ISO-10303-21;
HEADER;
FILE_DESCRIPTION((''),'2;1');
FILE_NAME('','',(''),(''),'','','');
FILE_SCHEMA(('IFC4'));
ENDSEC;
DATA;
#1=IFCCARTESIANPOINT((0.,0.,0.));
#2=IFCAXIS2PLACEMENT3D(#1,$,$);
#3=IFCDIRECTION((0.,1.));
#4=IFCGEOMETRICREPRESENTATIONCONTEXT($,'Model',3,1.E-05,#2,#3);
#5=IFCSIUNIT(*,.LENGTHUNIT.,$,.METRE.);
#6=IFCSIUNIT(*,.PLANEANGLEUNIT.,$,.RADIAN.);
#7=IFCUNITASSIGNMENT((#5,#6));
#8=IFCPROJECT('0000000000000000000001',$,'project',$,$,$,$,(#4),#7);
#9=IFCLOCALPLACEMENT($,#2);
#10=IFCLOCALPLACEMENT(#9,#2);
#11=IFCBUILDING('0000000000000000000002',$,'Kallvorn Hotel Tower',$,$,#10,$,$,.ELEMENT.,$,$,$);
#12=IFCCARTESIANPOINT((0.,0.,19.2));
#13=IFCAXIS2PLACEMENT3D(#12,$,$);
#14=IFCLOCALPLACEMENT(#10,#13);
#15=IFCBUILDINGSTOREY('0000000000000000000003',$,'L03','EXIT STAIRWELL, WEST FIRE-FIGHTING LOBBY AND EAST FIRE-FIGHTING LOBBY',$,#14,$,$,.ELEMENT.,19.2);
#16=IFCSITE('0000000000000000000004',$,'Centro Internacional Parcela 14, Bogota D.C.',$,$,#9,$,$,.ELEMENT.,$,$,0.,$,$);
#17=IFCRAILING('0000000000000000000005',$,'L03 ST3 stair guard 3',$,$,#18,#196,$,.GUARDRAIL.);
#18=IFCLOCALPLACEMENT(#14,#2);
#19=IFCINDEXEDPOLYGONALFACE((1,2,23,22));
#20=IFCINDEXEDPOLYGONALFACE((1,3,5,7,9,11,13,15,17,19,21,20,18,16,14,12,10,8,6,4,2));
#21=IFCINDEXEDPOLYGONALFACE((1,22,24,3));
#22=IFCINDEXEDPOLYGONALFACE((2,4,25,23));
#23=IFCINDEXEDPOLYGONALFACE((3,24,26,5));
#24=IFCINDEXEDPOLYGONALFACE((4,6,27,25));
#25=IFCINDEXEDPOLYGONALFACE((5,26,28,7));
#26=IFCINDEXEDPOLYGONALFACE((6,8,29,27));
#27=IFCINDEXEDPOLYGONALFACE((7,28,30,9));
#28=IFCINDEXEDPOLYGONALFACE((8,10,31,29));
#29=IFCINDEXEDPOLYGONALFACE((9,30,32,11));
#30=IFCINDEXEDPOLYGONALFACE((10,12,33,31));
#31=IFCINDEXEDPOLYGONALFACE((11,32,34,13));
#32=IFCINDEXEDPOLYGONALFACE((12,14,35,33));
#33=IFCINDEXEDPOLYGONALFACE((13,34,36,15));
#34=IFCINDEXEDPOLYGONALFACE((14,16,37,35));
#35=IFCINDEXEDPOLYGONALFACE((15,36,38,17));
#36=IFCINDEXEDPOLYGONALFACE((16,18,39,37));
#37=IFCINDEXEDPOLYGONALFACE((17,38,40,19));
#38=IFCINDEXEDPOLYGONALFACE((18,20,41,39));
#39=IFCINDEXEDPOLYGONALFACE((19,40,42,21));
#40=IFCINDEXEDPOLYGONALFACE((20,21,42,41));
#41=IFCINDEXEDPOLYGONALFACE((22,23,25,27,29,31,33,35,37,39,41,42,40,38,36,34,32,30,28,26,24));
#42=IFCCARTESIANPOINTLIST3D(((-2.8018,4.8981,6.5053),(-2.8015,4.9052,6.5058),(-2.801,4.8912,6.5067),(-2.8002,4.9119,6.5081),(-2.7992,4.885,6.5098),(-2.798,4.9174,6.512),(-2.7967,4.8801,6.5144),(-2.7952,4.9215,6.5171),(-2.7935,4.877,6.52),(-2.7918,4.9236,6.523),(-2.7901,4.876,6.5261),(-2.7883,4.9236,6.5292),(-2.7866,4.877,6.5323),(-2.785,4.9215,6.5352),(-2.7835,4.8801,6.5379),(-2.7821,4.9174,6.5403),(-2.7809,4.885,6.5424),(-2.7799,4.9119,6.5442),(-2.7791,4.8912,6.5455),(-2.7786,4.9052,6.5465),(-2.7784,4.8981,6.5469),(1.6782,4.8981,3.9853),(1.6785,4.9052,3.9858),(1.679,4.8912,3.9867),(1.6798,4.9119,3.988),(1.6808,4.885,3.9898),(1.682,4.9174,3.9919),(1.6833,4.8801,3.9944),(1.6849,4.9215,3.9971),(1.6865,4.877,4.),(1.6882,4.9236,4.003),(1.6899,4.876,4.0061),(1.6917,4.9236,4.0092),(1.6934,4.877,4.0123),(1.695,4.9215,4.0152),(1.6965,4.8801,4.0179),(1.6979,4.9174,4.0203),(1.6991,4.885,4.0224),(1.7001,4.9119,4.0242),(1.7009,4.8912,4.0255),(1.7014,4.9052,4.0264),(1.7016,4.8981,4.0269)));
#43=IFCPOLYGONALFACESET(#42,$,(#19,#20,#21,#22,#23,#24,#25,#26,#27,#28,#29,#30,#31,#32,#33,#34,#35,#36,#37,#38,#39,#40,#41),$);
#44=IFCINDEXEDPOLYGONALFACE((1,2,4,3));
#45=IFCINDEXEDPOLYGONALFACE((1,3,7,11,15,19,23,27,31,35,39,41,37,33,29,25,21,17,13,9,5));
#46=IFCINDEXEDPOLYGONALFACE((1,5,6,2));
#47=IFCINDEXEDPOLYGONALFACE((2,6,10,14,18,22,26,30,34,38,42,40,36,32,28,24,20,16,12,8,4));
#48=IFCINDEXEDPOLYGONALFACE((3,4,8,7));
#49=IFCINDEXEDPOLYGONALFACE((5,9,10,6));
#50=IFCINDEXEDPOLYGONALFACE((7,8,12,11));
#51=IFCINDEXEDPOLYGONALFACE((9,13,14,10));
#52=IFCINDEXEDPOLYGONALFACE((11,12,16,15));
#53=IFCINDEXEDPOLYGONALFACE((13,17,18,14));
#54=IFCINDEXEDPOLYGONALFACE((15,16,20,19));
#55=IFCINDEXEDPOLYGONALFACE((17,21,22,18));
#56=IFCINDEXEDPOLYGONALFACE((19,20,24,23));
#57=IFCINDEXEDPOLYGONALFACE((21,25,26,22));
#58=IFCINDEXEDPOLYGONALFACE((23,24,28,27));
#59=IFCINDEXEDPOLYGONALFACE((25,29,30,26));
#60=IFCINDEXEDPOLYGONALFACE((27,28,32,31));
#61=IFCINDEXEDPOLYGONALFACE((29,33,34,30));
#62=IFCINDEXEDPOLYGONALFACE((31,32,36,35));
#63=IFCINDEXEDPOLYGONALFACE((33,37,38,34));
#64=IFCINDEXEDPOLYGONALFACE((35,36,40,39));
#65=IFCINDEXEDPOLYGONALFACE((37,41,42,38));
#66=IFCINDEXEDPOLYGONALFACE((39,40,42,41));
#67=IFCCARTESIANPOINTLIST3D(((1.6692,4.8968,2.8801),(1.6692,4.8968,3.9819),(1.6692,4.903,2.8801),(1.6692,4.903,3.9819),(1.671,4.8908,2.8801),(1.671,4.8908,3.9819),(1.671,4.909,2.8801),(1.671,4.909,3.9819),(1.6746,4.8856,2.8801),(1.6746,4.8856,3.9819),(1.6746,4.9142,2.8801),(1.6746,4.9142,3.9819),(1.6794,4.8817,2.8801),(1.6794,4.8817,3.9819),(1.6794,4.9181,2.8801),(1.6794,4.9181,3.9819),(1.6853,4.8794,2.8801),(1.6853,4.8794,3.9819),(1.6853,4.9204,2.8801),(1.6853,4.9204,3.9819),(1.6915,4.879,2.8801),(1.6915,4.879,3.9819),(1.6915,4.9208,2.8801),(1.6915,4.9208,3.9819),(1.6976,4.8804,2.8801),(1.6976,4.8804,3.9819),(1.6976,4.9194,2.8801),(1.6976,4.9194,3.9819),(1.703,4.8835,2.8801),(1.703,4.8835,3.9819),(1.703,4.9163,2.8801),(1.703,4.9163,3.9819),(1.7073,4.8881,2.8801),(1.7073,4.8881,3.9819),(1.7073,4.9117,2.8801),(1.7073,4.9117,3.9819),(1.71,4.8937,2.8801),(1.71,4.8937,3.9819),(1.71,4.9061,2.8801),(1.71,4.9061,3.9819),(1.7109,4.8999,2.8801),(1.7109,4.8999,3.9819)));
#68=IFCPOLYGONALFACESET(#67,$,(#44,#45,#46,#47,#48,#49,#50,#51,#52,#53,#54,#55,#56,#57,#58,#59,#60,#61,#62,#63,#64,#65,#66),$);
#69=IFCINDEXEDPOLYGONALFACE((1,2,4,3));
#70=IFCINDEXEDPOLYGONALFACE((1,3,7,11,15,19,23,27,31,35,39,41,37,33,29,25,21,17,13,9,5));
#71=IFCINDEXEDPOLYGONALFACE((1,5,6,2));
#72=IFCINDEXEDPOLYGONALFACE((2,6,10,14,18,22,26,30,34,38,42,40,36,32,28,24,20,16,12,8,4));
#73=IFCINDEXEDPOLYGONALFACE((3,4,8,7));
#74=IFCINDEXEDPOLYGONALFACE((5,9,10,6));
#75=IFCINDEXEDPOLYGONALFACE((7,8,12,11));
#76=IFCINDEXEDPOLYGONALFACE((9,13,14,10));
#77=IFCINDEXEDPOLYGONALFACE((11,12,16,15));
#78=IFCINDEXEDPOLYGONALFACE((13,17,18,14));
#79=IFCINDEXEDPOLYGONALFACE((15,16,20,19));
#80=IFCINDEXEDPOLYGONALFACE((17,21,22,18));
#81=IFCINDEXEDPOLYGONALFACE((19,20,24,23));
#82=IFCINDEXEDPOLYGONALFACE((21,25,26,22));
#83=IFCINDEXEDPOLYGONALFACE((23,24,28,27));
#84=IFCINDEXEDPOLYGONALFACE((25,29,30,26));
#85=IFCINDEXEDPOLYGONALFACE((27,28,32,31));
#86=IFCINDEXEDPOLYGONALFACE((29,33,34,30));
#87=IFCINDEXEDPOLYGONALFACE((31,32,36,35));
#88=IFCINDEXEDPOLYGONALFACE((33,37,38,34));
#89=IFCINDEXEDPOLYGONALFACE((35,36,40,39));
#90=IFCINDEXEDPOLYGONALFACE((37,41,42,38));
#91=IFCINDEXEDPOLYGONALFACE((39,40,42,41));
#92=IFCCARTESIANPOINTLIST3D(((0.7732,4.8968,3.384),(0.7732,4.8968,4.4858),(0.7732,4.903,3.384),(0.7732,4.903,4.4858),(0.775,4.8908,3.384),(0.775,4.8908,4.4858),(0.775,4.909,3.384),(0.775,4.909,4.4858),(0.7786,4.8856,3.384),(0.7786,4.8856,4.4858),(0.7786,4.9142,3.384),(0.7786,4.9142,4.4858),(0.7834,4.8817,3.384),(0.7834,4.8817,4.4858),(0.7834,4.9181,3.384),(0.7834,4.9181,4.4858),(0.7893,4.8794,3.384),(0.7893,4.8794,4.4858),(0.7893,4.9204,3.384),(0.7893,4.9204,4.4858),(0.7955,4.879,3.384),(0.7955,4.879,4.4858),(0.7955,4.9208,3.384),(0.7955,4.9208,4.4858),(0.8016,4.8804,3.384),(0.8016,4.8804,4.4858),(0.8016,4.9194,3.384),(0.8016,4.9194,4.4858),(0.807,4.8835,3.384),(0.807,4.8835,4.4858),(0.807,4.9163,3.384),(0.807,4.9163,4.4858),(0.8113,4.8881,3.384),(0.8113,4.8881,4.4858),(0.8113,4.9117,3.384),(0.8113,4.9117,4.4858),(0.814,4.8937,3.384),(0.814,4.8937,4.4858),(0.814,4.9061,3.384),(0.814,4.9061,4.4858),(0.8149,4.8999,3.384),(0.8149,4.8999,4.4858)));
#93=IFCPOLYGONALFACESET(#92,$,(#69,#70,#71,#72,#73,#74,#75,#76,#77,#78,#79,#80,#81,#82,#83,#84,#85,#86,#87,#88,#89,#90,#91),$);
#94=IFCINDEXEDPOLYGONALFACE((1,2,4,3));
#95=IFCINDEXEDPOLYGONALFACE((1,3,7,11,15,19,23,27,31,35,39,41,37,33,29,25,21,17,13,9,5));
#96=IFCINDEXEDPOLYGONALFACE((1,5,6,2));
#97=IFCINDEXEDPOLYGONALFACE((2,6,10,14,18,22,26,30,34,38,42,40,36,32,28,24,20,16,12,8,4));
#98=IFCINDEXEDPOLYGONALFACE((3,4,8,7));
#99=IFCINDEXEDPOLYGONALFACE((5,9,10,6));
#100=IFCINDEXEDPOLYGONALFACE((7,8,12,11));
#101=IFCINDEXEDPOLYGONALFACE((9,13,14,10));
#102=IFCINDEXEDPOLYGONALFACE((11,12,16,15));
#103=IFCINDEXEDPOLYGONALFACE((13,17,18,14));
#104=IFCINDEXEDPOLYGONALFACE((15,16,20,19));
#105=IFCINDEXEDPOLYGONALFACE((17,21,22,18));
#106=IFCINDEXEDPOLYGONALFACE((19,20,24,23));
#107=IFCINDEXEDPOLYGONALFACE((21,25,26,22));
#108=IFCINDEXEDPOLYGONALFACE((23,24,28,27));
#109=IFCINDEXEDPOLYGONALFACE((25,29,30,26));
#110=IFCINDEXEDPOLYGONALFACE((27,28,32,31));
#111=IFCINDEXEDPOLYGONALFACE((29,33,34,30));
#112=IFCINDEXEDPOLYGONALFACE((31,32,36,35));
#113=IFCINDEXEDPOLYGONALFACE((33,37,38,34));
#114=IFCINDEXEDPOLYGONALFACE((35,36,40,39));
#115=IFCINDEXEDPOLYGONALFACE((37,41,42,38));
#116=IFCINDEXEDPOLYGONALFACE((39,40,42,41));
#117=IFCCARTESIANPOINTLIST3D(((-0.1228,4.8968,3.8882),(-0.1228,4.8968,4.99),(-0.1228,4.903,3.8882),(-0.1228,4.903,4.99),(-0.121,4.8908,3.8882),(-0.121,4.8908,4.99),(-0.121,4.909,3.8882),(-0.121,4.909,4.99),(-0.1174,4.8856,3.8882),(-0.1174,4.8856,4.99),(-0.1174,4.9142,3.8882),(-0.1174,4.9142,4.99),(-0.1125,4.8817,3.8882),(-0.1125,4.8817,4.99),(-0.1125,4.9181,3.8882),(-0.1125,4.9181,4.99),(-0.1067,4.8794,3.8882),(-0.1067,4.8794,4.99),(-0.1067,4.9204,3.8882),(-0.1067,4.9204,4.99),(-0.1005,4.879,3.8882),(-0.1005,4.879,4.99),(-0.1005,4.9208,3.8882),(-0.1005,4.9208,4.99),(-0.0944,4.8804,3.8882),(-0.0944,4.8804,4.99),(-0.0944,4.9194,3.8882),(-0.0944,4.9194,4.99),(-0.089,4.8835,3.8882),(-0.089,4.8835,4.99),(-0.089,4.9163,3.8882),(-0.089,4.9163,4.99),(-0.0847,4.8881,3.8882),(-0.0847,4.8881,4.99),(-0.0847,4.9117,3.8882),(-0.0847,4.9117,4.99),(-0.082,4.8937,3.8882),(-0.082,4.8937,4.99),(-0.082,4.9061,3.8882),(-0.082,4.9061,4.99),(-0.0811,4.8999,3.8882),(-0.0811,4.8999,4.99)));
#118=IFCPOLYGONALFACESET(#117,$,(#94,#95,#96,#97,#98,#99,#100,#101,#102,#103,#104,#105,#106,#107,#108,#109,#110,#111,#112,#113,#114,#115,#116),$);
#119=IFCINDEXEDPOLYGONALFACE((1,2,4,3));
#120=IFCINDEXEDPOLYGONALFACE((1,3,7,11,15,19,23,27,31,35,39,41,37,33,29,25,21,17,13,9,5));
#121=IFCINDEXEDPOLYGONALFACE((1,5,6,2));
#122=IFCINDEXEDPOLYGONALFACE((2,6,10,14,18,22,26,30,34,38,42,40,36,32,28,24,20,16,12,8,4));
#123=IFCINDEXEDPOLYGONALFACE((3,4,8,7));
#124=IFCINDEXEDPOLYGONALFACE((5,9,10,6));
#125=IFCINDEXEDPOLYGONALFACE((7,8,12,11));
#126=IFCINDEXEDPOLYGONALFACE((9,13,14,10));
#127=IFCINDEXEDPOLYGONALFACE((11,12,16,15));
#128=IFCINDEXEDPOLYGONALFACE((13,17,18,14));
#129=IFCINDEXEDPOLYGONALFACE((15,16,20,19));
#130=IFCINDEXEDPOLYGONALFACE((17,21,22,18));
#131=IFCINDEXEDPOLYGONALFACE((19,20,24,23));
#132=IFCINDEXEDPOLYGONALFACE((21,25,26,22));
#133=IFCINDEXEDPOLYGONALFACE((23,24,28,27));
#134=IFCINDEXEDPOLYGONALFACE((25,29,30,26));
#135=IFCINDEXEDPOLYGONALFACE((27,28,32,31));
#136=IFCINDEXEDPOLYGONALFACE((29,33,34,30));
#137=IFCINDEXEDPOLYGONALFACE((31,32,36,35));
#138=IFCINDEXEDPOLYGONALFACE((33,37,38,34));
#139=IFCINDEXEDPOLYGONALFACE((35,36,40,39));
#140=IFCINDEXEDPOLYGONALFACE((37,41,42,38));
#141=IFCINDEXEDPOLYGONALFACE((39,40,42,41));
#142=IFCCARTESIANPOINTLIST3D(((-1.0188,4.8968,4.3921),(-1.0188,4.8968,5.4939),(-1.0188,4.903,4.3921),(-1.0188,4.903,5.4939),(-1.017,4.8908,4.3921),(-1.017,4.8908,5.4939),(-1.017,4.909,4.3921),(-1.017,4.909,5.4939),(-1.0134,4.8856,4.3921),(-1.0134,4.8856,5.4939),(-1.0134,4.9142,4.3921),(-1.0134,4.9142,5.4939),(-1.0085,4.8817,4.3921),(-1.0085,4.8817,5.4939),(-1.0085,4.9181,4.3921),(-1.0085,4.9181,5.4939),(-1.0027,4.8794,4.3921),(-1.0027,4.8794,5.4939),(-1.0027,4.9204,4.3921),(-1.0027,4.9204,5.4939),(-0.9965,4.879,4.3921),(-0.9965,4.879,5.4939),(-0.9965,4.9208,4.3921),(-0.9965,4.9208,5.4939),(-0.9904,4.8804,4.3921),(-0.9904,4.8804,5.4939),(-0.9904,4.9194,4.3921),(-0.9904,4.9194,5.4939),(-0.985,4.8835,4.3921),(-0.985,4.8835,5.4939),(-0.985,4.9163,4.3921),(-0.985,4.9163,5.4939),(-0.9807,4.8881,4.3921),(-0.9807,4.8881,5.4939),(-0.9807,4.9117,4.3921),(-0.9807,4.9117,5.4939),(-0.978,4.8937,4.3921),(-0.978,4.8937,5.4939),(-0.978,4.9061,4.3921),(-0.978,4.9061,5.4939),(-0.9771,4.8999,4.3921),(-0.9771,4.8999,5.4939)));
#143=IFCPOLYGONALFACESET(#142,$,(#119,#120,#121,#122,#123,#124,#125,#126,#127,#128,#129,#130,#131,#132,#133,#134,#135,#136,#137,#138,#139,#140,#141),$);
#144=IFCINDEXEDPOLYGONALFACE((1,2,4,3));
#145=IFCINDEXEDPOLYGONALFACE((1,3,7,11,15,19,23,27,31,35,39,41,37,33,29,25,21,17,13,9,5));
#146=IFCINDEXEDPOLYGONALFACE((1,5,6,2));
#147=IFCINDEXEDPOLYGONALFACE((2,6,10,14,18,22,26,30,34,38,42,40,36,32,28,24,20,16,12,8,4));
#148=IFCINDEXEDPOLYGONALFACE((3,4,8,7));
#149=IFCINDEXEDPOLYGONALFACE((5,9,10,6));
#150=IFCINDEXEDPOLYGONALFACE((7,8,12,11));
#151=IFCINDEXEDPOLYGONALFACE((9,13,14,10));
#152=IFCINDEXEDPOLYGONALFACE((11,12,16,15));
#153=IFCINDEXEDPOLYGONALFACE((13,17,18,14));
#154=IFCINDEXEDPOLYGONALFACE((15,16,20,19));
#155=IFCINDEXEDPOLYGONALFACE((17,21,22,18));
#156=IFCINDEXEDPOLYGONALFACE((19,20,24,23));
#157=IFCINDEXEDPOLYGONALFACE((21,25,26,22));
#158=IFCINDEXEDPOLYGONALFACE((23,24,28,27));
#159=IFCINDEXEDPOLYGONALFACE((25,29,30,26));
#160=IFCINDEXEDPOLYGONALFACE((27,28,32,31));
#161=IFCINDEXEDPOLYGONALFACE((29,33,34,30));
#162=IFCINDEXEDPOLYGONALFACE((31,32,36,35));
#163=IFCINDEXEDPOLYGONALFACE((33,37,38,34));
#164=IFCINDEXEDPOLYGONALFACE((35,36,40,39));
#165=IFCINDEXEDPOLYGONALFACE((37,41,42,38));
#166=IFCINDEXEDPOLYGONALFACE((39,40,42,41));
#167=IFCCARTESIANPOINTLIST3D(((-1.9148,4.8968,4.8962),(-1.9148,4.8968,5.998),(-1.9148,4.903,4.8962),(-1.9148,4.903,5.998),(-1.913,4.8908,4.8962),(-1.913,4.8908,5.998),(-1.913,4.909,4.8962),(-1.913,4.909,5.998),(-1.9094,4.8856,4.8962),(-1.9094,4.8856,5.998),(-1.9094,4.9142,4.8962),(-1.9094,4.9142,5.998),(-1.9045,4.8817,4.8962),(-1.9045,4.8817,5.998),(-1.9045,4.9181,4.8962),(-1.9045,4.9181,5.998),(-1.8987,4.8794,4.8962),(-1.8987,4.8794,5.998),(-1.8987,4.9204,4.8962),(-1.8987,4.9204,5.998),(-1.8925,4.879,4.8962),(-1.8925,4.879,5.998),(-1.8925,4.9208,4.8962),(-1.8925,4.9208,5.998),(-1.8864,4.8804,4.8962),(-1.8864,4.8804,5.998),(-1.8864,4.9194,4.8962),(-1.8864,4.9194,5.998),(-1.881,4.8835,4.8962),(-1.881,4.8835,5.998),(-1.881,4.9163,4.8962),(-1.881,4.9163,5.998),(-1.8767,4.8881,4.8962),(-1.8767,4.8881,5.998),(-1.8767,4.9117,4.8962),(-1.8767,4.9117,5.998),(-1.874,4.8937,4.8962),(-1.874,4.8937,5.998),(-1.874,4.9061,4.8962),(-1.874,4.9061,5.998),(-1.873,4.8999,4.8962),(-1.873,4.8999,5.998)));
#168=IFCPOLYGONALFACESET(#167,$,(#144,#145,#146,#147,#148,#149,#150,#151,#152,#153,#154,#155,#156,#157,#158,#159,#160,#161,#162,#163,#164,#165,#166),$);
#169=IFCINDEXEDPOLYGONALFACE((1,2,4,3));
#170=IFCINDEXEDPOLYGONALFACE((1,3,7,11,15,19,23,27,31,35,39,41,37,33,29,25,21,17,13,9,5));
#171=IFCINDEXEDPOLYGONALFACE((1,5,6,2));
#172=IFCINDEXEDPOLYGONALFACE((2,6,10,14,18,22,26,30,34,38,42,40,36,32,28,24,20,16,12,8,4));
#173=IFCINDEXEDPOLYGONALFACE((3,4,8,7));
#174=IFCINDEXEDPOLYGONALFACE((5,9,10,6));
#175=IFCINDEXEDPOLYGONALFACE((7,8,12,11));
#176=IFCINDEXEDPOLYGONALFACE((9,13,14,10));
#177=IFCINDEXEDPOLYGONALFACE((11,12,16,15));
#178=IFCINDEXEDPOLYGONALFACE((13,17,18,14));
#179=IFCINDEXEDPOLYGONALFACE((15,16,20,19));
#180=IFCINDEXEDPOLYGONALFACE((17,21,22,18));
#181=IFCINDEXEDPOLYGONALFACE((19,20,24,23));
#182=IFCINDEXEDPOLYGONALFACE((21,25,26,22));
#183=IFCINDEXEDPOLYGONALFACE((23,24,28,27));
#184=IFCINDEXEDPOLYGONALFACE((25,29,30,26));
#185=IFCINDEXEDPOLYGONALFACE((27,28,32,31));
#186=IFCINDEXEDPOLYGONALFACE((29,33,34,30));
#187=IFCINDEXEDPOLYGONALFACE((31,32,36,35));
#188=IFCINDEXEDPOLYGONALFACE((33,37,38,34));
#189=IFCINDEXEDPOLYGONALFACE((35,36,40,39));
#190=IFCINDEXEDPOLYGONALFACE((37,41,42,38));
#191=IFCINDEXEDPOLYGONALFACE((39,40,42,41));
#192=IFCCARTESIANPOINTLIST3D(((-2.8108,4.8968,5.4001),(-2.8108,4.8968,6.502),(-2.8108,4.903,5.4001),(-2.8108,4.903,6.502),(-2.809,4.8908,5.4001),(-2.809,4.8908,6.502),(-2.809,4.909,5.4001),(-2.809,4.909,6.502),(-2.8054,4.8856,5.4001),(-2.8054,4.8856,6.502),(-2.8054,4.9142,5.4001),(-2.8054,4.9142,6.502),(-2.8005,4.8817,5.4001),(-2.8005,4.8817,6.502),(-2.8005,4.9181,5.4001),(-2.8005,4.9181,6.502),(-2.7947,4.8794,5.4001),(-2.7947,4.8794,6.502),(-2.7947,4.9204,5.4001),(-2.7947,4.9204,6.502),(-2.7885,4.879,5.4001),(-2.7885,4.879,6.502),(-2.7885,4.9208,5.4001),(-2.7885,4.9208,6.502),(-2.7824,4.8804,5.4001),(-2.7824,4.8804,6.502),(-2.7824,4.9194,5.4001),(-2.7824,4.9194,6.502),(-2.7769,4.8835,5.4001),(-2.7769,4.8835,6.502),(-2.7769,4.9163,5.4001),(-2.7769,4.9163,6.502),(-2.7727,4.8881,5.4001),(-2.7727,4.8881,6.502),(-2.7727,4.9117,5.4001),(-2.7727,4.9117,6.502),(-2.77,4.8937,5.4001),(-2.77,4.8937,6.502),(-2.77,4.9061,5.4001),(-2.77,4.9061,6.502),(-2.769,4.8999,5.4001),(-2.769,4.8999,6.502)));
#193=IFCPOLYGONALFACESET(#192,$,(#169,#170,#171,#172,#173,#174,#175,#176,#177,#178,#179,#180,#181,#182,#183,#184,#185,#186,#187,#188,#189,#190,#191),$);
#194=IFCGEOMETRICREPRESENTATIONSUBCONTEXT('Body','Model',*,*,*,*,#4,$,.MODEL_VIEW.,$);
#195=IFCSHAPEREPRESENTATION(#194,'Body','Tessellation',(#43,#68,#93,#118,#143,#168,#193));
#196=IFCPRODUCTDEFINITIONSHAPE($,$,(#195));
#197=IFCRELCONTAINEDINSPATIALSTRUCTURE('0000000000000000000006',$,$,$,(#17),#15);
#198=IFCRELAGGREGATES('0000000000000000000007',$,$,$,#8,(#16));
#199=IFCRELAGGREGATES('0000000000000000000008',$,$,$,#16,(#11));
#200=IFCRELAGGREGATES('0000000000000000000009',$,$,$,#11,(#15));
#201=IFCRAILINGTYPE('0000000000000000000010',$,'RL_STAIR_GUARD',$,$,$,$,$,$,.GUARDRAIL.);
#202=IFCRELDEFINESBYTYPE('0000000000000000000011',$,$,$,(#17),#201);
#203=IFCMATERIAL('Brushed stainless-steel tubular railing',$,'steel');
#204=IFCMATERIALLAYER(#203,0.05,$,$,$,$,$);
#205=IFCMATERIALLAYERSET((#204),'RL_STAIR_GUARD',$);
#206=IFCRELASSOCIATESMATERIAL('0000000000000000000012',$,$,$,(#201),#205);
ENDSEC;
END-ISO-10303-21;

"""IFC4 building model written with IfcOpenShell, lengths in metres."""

from ifc_helpers import new_model, si_unit, direction, frame, origin, origin_2d, place, context, subcontext, project, spatial, circle, extrude, material, layer, layer_set, type_object, element, save


model = new_model("IFC4")

# Units and contexts
model_context = context("Model", 3, precision=1e-05, world=origin(), true_north=direction((0.0, 1.0)))
body_context = subcontext(model_context, "Body", "Model", "MODEL_VIEW")
ifc_project = project(units=[si_unit("LENGTHUNIT", "METRE"), si_unit("PLANEANGLEUNIT", "RADIAN")], contexts=[model_context])

# Site, building, storey
site_placement = place(None, origin())
site = spatial("IfcSite", under=ifc_project, at=site_placement, Name="Centro Internacional Parcela 14, Bogota D.C.", CompositionType="ELEMENT", RefElevation=0.0)
building_placement = place(site_placement, origin())
building = spatial("IfcBuilding", under=site, at=building_placement, Name="Kallvorn Hotel Tower", CompositionType="ELEMENT")
storey_placement = place(building_placement, frame((0.0, 0.0, 19.2)))
storey = spatial("IfcBuildingStorey", under=building, at=storey_placement, Name="L03", Description="EXIT STAIRWELL, WEST FIRE-FIGHTING LOBBY AND EAST FIRE-FIGHTING LOBBY", CompositionType="ELEMENT", Elevation=19.2)

# Railing
ifc_material_1 = material(Name="Brushed stainless-steel tubular railing", Category="steel")
ifc_layer_1 = layer(ifc_material_1, 0.05)
ifc_layer_set_1 = layer_set([ifc_layer_1], Name="RL_STAIR_GUARD")
railing_type_1 = type_object("IfcRailingType", Name="RL_STAIR_GUARD", PredefinedType="GUARDRAIL", material=ifc_layer_set_1)
railing_1_placement = place(storey_placement, frame((1.6899, 4.8999, 2.8801)))
element("IfcRailing", 1, at=railing_1_placement, inside=storey, type_object=railing_type_1, Name="L03 ST3 stair guard 3", PredefinedType="GUARDRAIL", context=body_context, shape_type="SweptSolid", body=[
    extrude(circle(Radius=0.0239, at=origin_2d()), frame((0.0, 0.0, 1.126), z_axis=(-0.871573, 0.0, 0.490266), x_axis=(0.0, -1.0, 0.0)), (0.0, 0.0, 1.0), 5.1401),
    extrude(circle(Radius=0.021, at=origin_2d()), origin(), (0.0, 0.0, 1.0), 1.1018),
    extrude(circle(Radius=0.021, at=origin_2d()), frame((-0.896, 0.0, 0.5039)), (0.0, 0.0, 1.0), 1.1018),
    extrude(circle(Radius=0.021, at=origin_2d()), frame((-1.792, 0.0, 1.0081)), (0.0, 0.0, 1.0), 1.1018),
    extrude(circle(Radius=0.021, at=origin_2d()), frame((-2.688, 0.0, 1.512)), (0.0, 0.0, 1.0), 1.1018),
    extrude(circle(Radius=0.021, at=origin_2d()), frame((-3.584, 0.0, 2.0161)), (0.0, 0.0, 1.0), 1.1018),
    extrude(circle(Radius=0.021, at=origin_2d()), frame((-4.48, 0.0, 2.52)), (0.0, 0.0, 1.0), 1.1018),
])

save(model, "model.ifc")
